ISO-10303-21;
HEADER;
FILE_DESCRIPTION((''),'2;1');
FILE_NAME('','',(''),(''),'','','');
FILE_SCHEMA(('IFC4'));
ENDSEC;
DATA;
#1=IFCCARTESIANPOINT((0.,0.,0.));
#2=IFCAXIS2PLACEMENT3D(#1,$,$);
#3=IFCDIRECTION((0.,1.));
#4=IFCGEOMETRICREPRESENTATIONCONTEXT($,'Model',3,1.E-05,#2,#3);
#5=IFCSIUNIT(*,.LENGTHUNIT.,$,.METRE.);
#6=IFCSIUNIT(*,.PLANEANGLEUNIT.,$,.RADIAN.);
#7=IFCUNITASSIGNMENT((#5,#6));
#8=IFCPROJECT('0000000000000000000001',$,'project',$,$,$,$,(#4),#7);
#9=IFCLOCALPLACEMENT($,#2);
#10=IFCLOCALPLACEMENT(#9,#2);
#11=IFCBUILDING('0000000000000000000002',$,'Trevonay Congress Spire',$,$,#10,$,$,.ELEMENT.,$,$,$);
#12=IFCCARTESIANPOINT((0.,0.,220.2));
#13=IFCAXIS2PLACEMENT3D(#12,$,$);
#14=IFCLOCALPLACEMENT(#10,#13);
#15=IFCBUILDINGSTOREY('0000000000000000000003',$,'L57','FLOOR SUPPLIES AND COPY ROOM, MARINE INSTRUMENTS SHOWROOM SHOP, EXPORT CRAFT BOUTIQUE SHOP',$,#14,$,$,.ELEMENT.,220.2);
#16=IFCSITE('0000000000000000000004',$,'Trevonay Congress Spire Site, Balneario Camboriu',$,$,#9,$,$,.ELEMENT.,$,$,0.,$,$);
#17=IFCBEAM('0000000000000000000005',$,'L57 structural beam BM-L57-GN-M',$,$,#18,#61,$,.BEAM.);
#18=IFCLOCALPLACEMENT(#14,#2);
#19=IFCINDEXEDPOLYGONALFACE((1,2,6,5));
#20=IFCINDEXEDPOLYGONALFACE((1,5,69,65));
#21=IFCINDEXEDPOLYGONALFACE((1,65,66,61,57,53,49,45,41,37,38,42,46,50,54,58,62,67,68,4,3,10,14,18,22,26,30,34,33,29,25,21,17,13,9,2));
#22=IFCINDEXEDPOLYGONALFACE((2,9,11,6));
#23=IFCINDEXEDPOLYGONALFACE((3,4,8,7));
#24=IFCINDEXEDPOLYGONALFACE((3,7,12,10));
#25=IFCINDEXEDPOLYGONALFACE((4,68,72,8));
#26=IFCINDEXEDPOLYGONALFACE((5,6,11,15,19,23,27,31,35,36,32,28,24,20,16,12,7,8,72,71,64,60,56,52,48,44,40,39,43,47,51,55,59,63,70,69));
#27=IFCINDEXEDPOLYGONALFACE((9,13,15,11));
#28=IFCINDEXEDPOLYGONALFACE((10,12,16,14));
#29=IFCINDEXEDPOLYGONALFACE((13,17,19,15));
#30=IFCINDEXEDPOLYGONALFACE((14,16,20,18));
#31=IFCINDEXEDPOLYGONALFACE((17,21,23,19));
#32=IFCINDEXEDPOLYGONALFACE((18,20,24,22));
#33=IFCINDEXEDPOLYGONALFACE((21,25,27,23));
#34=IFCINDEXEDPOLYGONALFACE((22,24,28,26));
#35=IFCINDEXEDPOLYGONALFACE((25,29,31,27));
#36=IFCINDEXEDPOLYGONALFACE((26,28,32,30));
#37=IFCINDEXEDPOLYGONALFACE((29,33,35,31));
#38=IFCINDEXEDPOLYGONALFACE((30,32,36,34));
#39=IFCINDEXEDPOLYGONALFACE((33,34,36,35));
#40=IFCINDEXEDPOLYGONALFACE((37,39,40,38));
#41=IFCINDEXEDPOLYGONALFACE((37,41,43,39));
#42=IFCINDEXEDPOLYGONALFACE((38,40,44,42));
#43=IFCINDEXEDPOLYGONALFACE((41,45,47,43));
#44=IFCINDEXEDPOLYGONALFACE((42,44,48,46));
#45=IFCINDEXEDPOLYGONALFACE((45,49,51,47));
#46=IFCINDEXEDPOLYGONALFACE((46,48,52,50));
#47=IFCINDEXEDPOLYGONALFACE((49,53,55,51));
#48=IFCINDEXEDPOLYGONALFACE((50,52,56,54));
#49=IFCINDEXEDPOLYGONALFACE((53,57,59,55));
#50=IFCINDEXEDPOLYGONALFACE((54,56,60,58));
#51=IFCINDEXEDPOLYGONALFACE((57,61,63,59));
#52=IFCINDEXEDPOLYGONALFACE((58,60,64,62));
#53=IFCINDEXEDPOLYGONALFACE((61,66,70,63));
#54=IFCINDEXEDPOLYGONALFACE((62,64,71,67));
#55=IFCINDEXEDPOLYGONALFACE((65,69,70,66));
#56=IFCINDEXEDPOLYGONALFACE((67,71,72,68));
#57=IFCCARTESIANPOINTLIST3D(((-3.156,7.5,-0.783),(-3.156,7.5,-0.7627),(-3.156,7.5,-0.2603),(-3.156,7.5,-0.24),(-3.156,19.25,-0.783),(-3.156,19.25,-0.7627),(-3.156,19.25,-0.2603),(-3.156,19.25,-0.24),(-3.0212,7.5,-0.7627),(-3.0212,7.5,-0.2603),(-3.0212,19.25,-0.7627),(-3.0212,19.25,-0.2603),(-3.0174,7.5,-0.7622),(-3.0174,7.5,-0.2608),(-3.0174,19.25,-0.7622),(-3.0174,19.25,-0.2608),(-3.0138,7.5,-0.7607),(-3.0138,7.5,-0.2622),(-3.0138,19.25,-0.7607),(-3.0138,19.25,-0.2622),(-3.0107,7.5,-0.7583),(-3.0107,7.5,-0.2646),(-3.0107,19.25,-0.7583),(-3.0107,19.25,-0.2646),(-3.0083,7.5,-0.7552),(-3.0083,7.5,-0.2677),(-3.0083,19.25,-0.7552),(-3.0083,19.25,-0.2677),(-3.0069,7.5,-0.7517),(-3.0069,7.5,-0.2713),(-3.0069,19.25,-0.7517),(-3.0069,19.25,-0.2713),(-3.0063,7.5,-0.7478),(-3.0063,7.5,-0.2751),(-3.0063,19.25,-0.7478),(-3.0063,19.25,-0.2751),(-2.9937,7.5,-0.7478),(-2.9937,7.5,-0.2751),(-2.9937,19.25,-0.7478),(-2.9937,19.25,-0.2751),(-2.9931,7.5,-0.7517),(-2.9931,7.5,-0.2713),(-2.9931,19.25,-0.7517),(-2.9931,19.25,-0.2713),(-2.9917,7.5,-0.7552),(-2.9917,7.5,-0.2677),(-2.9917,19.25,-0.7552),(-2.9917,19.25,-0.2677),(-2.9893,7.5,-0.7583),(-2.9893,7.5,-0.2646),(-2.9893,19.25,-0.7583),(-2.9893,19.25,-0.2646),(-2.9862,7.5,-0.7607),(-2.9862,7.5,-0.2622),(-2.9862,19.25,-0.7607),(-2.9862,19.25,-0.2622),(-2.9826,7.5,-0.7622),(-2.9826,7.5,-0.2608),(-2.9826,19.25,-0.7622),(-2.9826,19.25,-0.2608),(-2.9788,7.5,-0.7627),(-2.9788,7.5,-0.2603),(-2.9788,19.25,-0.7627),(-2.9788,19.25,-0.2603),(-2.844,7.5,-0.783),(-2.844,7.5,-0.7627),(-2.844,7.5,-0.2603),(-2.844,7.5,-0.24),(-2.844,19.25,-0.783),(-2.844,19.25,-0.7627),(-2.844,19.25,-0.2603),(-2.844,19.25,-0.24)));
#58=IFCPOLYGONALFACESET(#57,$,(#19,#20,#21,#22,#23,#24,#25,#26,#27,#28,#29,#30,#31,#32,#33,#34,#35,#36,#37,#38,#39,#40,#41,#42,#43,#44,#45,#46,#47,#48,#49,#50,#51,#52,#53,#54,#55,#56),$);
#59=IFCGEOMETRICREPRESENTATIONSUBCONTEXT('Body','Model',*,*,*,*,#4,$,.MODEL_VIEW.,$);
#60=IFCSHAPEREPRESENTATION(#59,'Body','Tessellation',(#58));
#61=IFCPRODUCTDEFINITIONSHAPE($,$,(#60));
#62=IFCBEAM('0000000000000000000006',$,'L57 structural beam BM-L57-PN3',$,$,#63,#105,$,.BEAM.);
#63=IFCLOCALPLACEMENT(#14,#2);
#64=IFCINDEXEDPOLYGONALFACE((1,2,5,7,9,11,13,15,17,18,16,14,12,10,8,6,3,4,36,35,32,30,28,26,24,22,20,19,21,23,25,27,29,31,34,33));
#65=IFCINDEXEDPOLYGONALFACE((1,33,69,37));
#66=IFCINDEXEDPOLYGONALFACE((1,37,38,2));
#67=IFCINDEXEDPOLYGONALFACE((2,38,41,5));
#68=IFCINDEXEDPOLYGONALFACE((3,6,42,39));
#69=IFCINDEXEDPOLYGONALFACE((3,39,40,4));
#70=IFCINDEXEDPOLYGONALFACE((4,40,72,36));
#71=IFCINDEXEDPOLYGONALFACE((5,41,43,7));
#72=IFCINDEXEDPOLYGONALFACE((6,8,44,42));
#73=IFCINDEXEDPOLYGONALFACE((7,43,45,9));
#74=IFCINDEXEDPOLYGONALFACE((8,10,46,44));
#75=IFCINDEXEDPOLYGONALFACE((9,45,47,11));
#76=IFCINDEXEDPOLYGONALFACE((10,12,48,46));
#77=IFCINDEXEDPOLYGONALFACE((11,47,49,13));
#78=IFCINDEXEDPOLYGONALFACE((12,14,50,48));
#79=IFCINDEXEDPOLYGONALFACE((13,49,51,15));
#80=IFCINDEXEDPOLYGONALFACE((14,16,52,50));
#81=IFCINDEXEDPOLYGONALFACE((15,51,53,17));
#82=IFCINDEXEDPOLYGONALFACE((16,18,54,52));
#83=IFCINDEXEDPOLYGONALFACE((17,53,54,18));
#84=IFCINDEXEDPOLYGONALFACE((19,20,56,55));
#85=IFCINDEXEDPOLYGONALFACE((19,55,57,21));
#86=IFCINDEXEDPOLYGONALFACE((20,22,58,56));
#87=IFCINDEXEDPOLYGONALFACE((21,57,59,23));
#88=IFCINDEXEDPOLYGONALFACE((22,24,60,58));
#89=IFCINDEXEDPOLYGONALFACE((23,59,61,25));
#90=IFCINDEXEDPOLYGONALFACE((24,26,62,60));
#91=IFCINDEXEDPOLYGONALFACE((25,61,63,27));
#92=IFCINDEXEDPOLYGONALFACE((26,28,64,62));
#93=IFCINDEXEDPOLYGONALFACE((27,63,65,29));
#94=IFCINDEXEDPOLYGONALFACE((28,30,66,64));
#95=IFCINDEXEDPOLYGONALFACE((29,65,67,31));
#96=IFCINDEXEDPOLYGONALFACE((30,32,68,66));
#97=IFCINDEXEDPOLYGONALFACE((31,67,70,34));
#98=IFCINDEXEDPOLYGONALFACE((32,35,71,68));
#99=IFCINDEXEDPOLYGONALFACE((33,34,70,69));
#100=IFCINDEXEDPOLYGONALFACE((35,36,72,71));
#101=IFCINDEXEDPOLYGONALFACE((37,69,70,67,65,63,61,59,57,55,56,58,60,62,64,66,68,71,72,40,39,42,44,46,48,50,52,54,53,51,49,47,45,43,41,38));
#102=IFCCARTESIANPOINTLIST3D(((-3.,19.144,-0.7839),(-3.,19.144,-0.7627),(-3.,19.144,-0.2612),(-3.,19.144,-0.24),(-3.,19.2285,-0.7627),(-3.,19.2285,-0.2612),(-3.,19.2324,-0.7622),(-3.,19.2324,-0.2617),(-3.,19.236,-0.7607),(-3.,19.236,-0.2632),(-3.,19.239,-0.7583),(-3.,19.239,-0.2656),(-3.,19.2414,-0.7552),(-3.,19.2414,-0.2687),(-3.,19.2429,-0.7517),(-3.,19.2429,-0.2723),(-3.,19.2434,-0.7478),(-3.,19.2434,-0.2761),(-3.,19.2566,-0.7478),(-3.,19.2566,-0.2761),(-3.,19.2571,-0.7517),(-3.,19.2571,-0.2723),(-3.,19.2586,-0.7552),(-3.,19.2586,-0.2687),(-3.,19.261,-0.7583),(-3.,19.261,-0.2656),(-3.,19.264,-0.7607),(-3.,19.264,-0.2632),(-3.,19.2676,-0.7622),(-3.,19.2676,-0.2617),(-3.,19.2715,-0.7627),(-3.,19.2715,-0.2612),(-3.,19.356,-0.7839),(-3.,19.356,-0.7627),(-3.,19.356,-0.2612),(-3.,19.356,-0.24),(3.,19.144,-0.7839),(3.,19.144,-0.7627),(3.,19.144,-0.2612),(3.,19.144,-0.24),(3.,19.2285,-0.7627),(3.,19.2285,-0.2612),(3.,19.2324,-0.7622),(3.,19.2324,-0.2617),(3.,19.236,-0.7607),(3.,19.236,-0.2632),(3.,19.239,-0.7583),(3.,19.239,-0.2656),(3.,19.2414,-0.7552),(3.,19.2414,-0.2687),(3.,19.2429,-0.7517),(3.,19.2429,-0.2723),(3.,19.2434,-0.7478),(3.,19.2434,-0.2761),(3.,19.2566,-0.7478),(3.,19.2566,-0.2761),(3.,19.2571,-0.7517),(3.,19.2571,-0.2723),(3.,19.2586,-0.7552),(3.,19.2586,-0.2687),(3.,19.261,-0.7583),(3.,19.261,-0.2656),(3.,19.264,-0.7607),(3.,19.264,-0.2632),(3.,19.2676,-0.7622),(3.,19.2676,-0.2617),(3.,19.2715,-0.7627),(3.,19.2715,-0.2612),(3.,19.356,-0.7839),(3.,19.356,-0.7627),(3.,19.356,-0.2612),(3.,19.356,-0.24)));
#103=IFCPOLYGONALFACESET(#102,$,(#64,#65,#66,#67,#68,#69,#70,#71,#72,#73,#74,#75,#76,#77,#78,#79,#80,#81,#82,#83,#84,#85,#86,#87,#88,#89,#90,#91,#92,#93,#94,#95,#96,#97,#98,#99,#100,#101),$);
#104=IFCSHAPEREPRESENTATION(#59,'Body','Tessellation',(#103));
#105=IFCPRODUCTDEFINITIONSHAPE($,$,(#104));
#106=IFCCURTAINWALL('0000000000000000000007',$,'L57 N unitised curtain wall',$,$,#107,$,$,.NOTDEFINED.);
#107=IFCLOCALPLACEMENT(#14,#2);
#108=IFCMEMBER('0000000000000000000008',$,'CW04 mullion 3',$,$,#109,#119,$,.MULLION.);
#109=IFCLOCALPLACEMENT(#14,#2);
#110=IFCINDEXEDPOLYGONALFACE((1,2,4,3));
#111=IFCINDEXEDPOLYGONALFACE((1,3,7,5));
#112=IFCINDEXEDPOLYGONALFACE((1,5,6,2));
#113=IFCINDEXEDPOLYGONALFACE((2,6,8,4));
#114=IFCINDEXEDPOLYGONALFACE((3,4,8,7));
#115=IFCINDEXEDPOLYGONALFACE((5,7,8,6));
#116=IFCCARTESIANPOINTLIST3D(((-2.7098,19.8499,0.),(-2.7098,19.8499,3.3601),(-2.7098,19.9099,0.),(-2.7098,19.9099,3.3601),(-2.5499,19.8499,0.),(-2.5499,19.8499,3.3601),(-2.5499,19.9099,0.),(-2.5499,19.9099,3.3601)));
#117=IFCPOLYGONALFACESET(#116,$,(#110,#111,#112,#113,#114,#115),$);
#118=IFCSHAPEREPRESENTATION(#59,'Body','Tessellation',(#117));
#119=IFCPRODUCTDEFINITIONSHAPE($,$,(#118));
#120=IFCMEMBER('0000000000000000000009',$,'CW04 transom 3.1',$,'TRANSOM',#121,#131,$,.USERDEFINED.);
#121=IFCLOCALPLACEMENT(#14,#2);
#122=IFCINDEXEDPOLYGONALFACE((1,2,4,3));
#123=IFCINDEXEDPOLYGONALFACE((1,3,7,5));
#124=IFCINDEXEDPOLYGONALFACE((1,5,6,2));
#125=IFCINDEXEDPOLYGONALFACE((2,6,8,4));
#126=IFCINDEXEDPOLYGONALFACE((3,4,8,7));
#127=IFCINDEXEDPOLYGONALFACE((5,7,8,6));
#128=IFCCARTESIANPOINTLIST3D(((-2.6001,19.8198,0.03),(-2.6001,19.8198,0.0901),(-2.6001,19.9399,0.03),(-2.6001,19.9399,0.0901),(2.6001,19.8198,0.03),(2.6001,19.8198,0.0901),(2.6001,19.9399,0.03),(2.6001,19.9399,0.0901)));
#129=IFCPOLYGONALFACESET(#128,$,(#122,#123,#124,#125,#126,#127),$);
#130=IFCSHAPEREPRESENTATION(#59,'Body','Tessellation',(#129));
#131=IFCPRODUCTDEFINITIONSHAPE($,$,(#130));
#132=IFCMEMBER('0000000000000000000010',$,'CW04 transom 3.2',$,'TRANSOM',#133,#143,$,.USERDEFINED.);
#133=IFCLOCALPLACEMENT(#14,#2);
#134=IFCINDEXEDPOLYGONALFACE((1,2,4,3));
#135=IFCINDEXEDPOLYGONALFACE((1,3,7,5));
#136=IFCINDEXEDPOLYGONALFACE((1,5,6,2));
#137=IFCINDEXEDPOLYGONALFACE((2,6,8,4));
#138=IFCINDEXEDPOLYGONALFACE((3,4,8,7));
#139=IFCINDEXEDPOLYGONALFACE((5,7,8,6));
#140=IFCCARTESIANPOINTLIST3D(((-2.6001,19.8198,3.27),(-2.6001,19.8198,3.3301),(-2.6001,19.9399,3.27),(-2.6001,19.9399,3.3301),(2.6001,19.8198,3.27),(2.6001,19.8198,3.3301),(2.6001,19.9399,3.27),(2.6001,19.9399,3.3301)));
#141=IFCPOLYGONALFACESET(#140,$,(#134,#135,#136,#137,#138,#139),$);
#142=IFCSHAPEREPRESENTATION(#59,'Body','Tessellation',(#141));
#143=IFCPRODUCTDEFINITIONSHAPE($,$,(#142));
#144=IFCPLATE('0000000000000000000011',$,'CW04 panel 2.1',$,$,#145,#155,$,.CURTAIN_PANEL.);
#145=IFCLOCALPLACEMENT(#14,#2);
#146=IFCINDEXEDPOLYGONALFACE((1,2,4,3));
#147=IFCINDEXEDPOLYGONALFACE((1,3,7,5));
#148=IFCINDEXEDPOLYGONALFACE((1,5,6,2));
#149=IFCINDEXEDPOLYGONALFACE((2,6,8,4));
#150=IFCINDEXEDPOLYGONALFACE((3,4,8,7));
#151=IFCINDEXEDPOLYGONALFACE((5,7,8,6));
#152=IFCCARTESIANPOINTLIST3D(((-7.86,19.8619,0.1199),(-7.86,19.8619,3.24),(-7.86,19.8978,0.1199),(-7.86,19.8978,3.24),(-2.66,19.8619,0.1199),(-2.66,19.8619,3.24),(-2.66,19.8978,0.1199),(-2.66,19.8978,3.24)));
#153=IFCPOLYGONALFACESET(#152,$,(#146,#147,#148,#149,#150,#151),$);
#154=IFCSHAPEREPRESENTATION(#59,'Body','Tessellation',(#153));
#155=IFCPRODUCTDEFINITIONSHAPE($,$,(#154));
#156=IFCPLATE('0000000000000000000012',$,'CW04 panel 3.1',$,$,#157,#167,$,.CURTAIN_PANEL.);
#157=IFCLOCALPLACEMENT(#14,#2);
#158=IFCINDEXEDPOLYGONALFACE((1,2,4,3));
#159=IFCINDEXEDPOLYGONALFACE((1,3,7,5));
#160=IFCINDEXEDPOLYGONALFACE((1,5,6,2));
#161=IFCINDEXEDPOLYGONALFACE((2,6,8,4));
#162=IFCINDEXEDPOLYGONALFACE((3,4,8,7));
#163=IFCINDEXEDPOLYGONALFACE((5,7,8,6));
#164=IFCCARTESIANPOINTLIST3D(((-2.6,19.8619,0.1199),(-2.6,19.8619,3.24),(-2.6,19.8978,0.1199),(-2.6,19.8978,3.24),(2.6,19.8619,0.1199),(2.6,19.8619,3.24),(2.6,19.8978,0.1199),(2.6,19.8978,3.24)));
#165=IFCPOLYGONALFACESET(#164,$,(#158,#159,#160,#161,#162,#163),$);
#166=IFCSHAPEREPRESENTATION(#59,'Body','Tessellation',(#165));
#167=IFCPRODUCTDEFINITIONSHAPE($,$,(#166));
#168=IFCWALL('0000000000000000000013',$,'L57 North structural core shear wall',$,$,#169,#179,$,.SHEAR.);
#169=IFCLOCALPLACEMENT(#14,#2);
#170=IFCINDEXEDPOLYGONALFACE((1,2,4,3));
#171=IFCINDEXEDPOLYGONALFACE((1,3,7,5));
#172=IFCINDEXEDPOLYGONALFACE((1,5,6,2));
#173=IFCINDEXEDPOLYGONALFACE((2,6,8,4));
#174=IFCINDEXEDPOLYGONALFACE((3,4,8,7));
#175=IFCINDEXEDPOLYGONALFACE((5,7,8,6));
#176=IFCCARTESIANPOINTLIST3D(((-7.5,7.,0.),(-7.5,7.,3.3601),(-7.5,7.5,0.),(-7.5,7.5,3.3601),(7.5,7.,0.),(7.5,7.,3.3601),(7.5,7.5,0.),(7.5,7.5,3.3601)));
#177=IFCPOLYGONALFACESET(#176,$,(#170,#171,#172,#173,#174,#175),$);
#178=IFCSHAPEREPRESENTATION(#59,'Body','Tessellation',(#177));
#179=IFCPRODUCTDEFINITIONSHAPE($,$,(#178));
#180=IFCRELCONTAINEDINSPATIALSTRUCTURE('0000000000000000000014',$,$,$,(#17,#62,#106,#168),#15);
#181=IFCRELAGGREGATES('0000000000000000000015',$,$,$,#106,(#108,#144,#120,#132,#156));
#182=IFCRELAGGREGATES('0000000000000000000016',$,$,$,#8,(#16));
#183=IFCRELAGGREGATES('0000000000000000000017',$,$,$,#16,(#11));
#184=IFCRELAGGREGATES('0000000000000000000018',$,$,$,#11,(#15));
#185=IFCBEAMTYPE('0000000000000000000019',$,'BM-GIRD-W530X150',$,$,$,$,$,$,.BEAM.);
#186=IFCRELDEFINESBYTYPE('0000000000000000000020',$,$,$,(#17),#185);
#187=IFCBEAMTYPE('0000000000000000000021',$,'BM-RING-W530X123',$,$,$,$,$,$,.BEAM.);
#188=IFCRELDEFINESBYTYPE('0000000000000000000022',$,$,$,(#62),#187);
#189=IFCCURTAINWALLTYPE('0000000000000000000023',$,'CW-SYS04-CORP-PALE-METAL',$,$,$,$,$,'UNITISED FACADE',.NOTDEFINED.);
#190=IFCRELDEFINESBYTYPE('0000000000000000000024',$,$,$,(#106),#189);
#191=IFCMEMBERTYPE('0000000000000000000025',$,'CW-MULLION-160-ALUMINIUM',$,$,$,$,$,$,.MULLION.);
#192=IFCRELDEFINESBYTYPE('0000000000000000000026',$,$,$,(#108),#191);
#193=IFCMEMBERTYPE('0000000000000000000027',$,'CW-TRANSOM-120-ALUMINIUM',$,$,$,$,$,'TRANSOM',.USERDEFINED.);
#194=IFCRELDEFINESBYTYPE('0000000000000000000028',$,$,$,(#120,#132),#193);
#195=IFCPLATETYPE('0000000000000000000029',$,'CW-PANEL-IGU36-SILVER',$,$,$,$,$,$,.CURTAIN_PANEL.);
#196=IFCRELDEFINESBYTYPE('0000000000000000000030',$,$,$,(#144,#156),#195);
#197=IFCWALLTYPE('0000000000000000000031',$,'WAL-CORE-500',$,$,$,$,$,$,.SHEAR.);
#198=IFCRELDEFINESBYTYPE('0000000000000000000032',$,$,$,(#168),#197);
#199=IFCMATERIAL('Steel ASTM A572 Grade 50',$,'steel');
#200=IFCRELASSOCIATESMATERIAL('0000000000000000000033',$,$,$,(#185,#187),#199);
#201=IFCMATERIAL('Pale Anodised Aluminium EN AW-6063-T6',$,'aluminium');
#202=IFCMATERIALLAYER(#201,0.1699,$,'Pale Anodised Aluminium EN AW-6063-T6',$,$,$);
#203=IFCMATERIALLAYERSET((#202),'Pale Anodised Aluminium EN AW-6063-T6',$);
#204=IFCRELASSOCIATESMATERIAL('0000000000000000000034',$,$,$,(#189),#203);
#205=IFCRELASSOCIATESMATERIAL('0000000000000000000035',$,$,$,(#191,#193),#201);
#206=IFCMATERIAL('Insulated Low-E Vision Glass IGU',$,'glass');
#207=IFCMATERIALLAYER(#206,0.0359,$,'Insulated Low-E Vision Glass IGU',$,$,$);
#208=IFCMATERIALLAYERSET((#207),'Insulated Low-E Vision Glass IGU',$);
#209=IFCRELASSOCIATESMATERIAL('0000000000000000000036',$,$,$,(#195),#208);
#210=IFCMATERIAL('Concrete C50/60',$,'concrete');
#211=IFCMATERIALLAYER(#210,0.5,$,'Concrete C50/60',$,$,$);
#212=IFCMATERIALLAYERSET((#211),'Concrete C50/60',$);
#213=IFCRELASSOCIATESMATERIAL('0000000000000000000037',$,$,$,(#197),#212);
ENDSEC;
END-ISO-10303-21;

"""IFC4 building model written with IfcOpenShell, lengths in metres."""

from ifc_helpers import new_model, si_unit, direction, frame, frame_2d, origin, origin_2d, place, context, subcontext, project, spatial, rectangle, i_section, extrude, material, layer, layer_set, material_profile, profile_set, type_object, element, aggregate, save


model = new_model("IFC4")

# Units and contexts
model_context = context("Model", 3, precision=1e-05, world=origin(), true_north=direction((0.0, 1.0)))
body_context = subcontext(model_context, "Body", "Model", "MODEL_VIEW")
ifc_project = project(units=[si_unit("LENGTHUNIT", "METRE"), si_unit("PLANEANGLEUNIT", "RADIAN")], contexts=[model_context])

# Site, building, storey
site_placement = place(None, origin())
site = spatial("IfcSite", under=ifc_project, at=site_placement, Name="Trevonay Congress Spire Site, Balneario Camboriu", CompositionType="ELEMENT", RefElevation=0.0)
building_placement = place(site_placement, origin())
building = spatial("IfcBuilding", under=site, at=building_placement, Name="Trevonay Congress Spire", CompositionType="ELEMENT")
storey_placement = place(building_placement, frame((0.0, 0.0, 220.2)))
storey = spatial("IfcBuildingStorey", under=building, at=storey_placement, Name="L57", Description="FLOOR SUPPLIES AND COPY ROOM, MARINE INSTRUMENTS SHOWROOM SHOP, EXPORT CRAFT BOUTIQUE SHOP", CompositionType="ELEMENT", Elevation=220.2)

# Shared definitions
ifc_material_1 = material(Name="Steel ASTM A572 Grade 50", Category="steel")

# Beams
ifc_material_profile_1 = material_profile(ifc_material_1, i_section(OverallWidth=0.312, OverallDepth=0.543, WebThickness=0.0127, FlangeThickness=0.0203, FilletRadius=0.0149, at=origin_2d()), Name="W530x150")
ifc_profile_set_1 = profile_set([ifc_material_profile_1], Name="Steel ASTM A572 Grade 50")
beam_type_1 = type_object("IfcBeamType", Name="BM-GIRD-W530X150", PredefinedType="BEAM", material=ifc_profile_set_1)
beam_1_placement = place(storey_placement, frame((-3.0, 7.5, -0.5115), z_axis=(0.0, 1.0, 0.0), x_axis=(-1.0, 0.0, 0.0)))
element("IfcBeam", 1, at=beam_1_placement, inside=storey, type_object=beam_type_1, Name="L57 structural beam BM-L57-GN-M", PredefinedType="BEAM", context=body_context, shape_type="SweptSolid", body=[
    extrude(i_section(OverallWidth=0.312, OverallDepth=0.543, WebThickness=0.0127, FlangeThickness=0.0203, FilletRadius=0.0149, at=origin_2d()), origin(), (0.0, 0.0, 1.0), 11.75),
])
ifc_material_profile_2 = material_profile(ifc_material_1, i_section(OverallWidth=0.2119, OverallDepth=0.5439, WebThickness=0.0132, FlangeThickness=0.0212, FilletRadius=0.0149, at=origin_2d()), Name="W530x123")
ifc_profile_set_2 = profile_set([ifc_material_profile_2], Name="Steel ASTM A572 Grade 50")
beam_type_2 = type_object("IfcBeamType", Name="BM-RING-W530X123", PredefinedType="BEAM", material=ifc_profile_set_2)
beam_2_placement = place(storey_placement, frame((-3.0, 19.25, -0.512), z_axis=(1.0, 0.0, 0.0), x_axis=(0.0, 1.0, 0.0)))
element("IfcBeam", 2, at=beam_2_placement, inside=storey, type_object=beam_type_2, Name="L57 structural beam BM-L57-PN3", PredefinedType="BEAM", context=body_context, shape_type="SweptSolid", body=[
    extrude(i_section(OverallWidth=0.2119, OverallDepth=0.5439, WebThickness=0.0132, FlangeThickness=0.0212, FilletRadius=0.0149, at=origin_2d()), origin(), (0.0, 0.0, 1.0), 6.0),
])

# Curtain wall, members, plates
ifc_material_2 = material(Name="Pale Anodised Aluminium EN AW-6063-T6", Category="aluminium")
ifc_layer_1 = layer(ifc_material_2, 0.1699, Name="Pale Anodised Aluminium EN AW-6063-T6")
ifc_layer_set_1 = layer_set([ifc_layer_1], Name="Pale Anodised Aluminium EN AW-6063-T6")
curtain_wall_type = type_object("IfcCurtainWallType", Name="CW-SYS04-CORP-PALE-METAL", ElementType="UNITISED FACADE", PredefinedType="NOTDEFINED", material=ifc_layer_set_1)
curtain_wall_placement = place(storey_placement, origin())
curtain_wall = element("IfcCurtainWall", 3, at=curtain_wall_placement, inside=storey, type_object=curtain_wall_type, Name="L57 N unitised curtain wall", PredefinedType="NOTDEFINED")
ifc_material_profile_3 = material_profile(ifc_material_2, rectangle(XDim=0.0601, YDim=0.1599, at=origin_2d()), Name="CW-MULLION-160-ALUMINIUM")
ifc_profile_set_3 = profile_set([ifc_material_profile_3], Name="Pale Anodised Aluminium EN AW-6063-T6")
member_type_1 = type_object("IfcMemberType", Name="CW-MULLION-160-ALUMINIUM", PredefinedType="MULLION", material=ifc_profile_set_3)
member_1_placement = place(storey_placement, frame((-2.6299, 19.8799, 0.0), z_axis=(0.0, 0.0, 1.0), x_axis=(0.0, 1.0, 0.0)))
member_1 = element("IfcMember", 4, at=member_1_placement, type_object=member_type_1, Name="CW04 mullion 3", PredefinedType="MULLION", context=body_context, shape_type="SweptSolid", body=[
    extrude(rectangle(XDim=0.0601, YDim=0.1599, at=origin_2d()), origin(), (0.0, 0.0, 1.0), 3.3601),
])
ifc_material_profile_4 = material_profile(ifc_material_2, rectangle(XDim=0.1201, YDim=0.0601, at=origin_2d()), Name="CW-TRANSOM-120-ALUMINIUM")
ifc_profile_set_4 = profile_set([ifc_material_profile_4], Name="Pale Anodised Aluminium EN AW-6063-T6")
member_type_2 = type_object("IfcMemberType", Name="CW-TRANSOM-120-ALUMINIUM", ElementType="TRANSOM", PredefinedType="USERDEFINED", material=ifc_profile_set_4)
member_2_placement = place(storey_placement, frame((-2.6001, 19.8799, 0.0601), z_axis=(1.0, 0.0, 0.0), x_axis=(0.0, 1.0, 0.0)))
member_2 = element("IfcMember", 5, at=member_2_placement, type_object=member_type_2, Name="CW04 transom 3.1", ObjectType="TRANSOM", PredefinedType="USERDEFINED", context=body_context, shape_type="SweptSolid", body=[
    extrude(rectangle(XDim=0.1201, YDim=0.0601, at=origin_2d()), origin(), (0.0, 0.0, 1.0), 5.2002),
])
member_3_placement = place(storey_placement, frame((-2.6001, 19.8799, 3.3), z_axis=(1.0, 0.0, 0.0), x_axis=(0.0, 1.0, 0.0)))
member_3 = element("IfcMember", 6, at=member_3_placement, type_object=member_type_2, Name="CW04 transom 3.2", ObjectType="TRANSOM", PredefinedType="USERDEFINED", context=body_context, shape_type="SweptSolid", body=[
    extrude(rectangle(XDim=0.1201, YDim=0.0601, at=origin_2d()), origin(), (0.0, 0.0, 1.0), 5.2002),
])
ifc_material_3 = material(Name="Insulated Low-E Vision Glass IGU", Category="glass")
ifc_layer_2 = layer(ifc_material_3, 0.0359, Name="Insulated Low-E Vision Glass IGU")
ifc_layer_set_2 = layer_set([ifc_layer_2], Name="Insulated Low-E Vision Glass IGU")
plate_type = type_object("IfcPlateType", Name="CW-PANEL-IGU36-SILVER", PredefinedType="CURTAIN_PANEL", material=ifc_layer_set_2)
plate_1_placement = place(storey_placement, frame((-5.26, 19.8799, 0.1199), z_axis=(0.0, 0.0, 1.0), x_axis=(1.0, 0.0, 0.0)))
plate_1 = element("IfcPlate", 7, at=plate_1_placement, type_object=plate_type, Name="CW04 panel 2.1", PredefinedType="CURTAIN_PANEL", context=body_context, shape_type="SweptSolid", body=[
    extrude(rectangle(XDim=5.2, YDim=0.0359, at=origin_2d()), origin(), (0.0, 0.0, 1.0), 3.1201),
])
plate_2_placement = place(storey_placement, frame((0.0, 19.8799, 0.1199), z_axis=(0.0, 0.0, 1.0), x_axis=(1.0, 0.0, 0.0)))
plate_2 = element("IfcPlate", 8, at=plate_2_placement, type_object=plate_type, Name="CW04 panel 3.1", PredefinedType="CURTAIN_PANEL", context=body_context, shape_type="SweptSolid", body=[
    extrude(rectangle(XDim=5.2, YDim=0.0359, at=origin_2d()), origin(), (0.0, 0.0, 1.0), 3.1201),
])
aggregate(curtain_wall, [member_1, plate_1, member_2, member_3, plate_2])

# Wall
ifc_material_4 = material(Name="Concrete C50/60", Category="concrete")
ifc_layer_3 = layer(ifc_material_4, 0.5, Name="Concrete C50/60")
ifc_layer_set_3 = layer_set([ifc_layer_3], Name="Concrete C50/60")
wall_type_1 = type_object("IfcWallType", Name="WAL-CORE-500", PredefinedType="SHEAR", material=ifc_layer_set_3)
wall_1_placement = place(storey_placement, frame((-7.5, 7.25, 0.0), z_axis=(0.0, 0.0, 1.0), x_axis=(1.0, 0.0, 0.0)))
element("IfcWall", 9, at=wall_1_placement, inside=storey, type_object=wall_type_1, Name="L57 North structural core shear wall", PredefinedType="SHEAR", context=body_context, shape_type="SweptSolid", body=[
    extrude(rectangle(XDim=15.0, YDim=0.5, at=frame_2d((7.5, 0.0))), origin(), (0.0, 0.0, 1.0), 3.3601),
])

save(model, "model.ifc")
